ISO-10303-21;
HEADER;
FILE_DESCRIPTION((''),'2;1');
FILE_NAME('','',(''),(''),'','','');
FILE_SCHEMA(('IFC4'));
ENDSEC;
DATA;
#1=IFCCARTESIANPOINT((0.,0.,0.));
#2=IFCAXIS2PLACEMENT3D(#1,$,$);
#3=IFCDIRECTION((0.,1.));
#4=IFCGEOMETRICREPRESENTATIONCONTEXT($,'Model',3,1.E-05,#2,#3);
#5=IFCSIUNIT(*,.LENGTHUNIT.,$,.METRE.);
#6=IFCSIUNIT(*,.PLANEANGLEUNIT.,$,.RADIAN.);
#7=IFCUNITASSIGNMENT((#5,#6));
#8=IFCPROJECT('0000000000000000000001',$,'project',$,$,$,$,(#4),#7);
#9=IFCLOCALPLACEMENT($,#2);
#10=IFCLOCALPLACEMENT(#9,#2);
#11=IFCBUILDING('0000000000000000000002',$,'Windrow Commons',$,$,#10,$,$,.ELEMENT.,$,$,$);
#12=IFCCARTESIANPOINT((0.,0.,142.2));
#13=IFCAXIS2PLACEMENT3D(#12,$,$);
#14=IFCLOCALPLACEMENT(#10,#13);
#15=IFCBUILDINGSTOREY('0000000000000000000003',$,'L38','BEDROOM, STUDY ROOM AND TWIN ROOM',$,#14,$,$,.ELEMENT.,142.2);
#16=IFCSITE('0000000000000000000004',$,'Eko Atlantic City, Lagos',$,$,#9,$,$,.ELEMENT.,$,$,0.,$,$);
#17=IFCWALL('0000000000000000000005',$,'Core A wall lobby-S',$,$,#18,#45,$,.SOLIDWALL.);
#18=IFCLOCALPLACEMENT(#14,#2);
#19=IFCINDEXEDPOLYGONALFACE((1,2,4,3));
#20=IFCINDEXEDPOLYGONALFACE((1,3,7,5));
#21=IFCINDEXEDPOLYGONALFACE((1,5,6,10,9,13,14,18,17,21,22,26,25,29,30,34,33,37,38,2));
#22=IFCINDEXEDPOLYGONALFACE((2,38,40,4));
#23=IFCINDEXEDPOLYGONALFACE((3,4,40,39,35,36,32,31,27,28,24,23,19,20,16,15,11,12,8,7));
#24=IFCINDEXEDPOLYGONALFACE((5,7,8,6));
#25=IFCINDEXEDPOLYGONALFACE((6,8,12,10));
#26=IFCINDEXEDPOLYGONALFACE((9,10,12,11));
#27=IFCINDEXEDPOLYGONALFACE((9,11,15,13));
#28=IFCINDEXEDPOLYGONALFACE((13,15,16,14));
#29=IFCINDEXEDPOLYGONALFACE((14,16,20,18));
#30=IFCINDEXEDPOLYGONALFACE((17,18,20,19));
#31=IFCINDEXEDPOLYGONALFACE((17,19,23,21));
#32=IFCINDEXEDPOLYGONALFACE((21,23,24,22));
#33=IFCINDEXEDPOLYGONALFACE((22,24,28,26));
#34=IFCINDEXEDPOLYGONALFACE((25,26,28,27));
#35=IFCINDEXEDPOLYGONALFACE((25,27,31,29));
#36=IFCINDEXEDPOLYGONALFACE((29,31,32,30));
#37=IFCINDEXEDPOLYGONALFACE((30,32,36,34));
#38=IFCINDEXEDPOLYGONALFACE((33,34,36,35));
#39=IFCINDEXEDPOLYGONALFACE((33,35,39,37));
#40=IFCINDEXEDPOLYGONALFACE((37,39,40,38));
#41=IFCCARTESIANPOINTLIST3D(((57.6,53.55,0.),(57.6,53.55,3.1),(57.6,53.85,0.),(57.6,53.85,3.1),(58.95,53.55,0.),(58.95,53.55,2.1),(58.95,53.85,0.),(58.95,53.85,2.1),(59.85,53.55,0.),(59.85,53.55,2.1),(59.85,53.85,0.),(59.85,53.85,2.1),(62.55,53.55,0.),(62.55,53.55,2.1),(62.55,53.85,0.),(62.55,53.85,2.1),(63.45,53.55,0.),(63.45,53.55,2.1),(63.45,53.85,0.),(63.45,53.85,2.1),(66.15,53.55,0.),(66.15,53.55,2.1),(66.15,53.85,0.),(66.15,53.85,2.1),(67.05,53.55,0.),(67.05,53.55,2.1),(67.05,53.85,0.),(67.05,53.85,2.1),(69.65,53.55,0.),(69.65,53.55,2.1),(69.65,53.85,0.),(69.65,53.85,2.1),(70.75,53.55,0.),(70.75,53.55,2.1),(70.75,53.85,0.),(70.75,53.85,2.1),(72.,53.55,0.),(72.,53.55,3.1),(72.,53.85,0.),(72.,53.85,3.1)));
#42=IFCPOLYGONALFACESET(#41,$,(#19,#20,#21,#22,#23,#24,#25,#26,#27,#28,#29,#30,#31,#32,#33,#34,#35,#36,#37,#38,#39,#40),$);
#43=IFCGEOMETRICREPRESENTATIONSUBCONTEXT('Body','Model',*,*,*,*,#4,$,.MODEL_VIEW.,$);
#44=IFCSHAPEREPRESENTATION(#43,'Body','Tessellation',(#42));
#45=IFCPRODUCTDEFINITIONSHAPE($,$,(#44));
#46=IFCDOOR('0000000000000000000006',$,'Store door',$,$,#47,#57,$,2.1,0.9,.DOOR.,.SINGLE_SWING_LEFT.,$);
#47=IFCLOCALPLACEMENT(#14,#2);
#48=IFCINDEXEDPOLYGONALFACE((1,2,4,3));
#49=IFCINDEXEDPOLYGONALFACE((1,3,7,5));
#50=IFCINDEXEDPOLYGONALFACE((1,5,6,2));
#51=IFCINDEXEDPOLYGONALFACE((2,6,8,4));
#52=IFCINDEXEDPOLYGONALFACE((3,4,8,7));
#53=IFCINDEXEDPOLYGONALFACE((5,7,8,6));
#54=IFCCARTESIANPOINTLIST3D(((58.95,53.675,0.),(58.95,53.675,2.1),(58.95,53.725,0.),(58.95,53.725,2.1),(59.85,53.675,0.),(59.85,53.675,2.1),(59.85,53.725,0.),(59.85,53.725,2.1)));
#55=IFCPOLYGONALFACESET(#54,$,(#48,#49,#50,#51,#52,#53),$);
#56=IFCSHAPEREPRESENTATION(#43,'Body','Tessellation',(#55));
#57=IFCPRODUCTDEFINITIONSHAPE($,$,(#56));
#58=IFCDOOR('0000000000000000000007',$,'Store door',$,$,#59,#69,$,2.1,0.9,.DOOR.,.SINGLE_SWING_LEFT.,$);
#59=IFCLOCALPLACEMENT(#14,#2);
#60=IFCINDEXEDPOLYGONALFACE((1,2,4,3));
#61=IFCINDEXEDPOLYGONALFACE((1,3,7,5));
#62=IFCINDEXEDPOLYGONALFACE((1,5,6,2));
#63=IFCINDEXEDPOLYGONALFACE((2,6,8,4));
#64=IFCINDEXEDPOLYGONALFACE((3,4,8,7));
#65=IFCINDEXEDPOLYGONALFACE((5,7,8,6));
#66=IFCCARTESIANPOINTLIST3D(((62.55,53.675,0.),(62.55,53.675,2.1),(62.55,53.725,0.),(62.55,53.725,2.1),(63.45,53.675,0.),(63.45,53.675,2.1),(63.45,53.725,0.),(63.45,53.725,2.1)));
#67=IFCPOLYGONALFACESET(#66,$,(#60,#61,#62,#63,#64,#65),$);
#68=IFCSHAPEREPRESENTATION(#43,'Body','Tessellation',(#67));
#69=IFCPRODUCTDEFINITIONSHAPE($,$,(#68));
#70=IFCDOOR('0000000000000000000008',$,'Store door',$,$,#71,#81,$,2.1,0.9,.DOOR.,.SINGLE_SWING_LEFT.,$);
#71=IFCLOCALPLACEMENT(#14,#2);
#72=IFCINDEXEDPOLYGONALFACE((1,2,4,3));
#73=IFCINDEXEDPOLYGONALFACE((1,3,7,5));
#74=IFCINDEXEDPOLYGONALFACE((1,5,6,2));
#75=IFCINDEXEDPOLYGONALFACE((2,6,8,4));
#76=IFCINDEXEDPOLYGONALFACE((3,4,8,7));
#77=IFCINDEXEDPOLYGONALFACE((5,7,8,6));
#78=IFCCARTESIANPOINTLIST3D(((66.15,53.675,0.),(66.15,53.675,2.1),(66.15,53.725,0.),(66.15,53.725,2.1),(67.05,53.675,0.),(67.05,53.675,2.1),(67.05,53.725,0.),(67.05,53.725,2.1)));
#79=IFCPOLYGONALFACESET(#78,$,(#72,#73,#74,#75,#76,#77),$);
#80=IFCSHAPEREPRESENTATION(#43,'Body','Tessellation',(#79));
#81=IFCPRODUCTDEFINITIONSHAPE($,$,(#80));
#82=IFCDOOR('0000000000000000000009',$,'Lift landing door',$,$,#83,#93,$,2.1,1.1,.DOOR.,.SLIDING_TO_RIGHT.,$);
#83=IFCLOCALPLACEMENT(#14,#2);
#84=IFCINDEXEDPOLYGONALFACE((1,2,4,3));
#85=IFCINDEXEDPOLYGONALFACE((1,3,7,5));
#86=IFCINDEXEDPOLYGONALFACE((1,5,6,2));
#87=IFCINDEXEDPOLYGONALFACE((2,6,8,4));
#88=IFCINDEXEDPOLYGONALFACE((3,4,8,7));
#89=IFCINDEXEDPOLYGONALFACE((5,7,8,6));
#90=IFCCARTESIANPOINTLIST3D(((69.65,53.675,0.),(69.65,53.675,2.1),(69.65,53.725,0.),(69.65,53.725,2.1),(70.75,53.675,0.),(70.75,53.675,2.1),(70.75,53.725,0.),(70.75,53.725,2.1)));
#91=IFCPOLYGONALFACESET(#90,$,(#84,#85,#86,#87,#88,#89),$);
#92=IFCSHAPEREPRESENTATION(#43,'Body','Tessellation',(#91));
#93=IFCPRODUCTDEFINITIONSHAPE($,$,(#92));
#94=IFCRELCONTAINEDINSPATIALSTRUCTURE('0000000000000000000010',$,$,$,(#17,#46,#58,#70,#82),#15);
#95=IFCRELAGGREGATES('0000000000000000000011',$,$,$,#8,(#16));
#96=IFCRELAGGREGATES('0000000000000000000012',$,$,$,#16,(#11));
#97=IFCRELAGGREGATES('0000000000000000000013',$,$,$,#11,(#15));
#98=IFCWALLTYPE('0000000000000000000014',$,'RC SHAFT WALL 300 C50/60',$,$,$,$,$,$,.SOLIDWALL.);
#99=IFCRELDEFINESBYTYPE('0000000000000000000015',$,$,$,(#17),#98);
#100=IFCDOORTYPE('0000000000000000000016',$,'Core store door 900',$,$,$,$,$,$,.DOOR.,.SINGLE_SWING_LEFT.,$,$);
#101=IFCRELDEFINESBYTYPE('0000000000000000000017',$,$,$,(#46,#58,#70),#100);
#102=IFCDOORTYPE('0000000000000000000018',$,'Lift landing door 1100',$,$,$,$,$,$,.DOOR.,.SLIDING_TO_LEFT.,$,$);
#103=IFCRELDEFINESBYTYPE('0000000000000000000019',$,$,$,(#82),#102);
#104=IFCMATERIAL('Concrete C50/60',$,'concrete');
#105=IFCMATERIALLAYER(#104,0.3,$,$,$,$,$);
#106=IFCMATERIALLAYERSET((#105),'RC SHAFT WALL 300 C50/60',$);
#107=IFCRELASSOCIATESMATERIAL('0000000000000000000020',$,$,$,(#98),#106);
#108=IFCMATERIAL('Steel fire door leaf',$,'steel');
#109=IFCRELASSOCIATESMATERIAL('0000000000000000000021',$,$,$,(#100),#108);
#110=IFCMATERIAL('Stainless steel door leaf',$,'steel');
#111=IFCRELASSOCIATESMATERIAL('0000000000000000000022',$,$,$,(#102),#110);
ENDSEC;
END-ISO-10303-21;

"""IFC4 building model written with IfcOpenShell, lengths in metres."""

from ifc_helpers import new_model, si_unit, direction, frame, frame_2d, origin, place, context, subcontext, project, spatial, rectangle, extrude, material, layer, layer_set, type_object, element, fill, save


model = new_model("IFC4")

# Units and contexts
model_context = context("Model", 3, precision=1e-05, world=origin(), true_north=direction((0.0, 1.0)))
body_context = subcontext(model_context, "Body", "Model", "MODEL_VIEW")
ifc_project = project(units=[si_unit("LENGTHUNIT", "METRE"), si_unit("PLANEANGLEUNIT", "RADIAN")], contexts=[model_context])

# Site, building, storey
site_placement = place(None, origin())
site = spatial("IfcSite", under=ifc_project, at=site_placement, Name="Eko Atlantic City, Lagos", CompositionType="ELEMENT", RefElevation=0.0)
building_placement = place(site_placement, origin())
building = spatial("IfcBuilding", under=site, at=building_placement, Name="Windrow Commons", CompositionType="ELEMENT")
storey_placement = place(building_placement, frame((0.0, 0.0, 142.2)))
storey = spatial("IfcBuildingStorey", under=building, at=storey_placement, Name="L38", Description="BEDROOM, STUDY ROOM AND TWIN ROOM", CompositionType="ELEMENT", Elevation=142.2)

# Shared definitions
ifc_material_1 = material(Name="Concrete C50/60", Category="concrete")
ifc_layer_1 = layer(ifc_material_1, 0.3)
ifc_layer_set_1 = layer_set([ifc_layer_1], Name="RC SHAFT WALL 300 C50/60")
wall_type_1 = type_object("IfcWallType", Name="RC SHAFT WALL 300 C50/60", PredefinedType="SOLIDWALL", material=ifc_layer_set_1)

# Wall, openings, doors
wall_1_placement = place(storey_placement, frame((57.6, 53.7, 0.0), z_axis=(0.0, 0.0, 1.0), x_axis=(1.0, 0.0, 0.0)))
wall_1 = element("IfcWall", 1, at=wall_1_placement, inside=storey, type_object=wall_type_1, Name="Core A wall lobby-S", PredefinedType="SOLIDWALL", context=body_context, shape_type="SweptSolid", body=[
    extrude(rectangle(XDim=14.4, YDim=0.3, at=frame_2d((7.2, 0.0))), origin(), (0.0, 0.0, 1.0), 3.1),
])
opening_1_placement = place(wall_1_placement, frame((1.35, 0.0, 0.0)))
opening_1 = element("IfcOpeningElement", 2, at=opening_1_placement, cuts=wall_1, PredefinedType="OPENING", context=body_context, shape_type="SweptSolid", body=[
    extrude(rectangle(XDim=0.9, YDim=2.1, at=frame_2d((0.45, 1.05))), frame((0.0, 0.16, 0.0), z_axis=(0.0, -1.0, 0.0), x_axis=(1.0, 0.0, 0.0)), (0.0, 0.0, 1.0), 0.32),
])
opening_2_placement = place(wall_1_placement, frame((4.95, 0.0, 0.0)))
opening_2 = element("IfcOpeningElement", 3, at=opening_2_placement, cuts=wall_1, PredefinedType="OPENING", context=body_context, shape_type="SweptSolid", body=[
    extrude(rectangle(XDim=0.9, YDim=2.1, at=frame_2d((0.45, 1.05))), frame((0.0, 0.16, 0.0), z_axis=(0.0, -1.0, 0.0), x_axis=(1.0, 0.0, 0.0)), (0.0, 0.0, 1.0), 0.32),
])
opening_3_placement = place(wall_1_placement, frame((8.55, 0.0, 0.0)))
opening_3 = element("IfcOpeningElement", 4, at=opening_3_placement, cuts=wall_1, PredefinedType="OPENING", context=body_context, shape_type="SweptSolid", body=[
    extrude(rectangle(XDim=0.9, YDim=2.1, at=frame_2d((0.45, 1.05))), frame((0.0, 0.16, 0.0), z_axis=(0.0, -1.0, 0.0), x_axis=(1.0, 0.0, 0.0)), (0.0, 0.0, 1.0), 0.32),
])
opening_4_placement = place(wall_1_placement, frame((12.05, 0.0, 0.0)))
opening_4 = element("IfcOpeningElement", 5, at=opening_4_placement, cuts=wall_1, PredefinedType="OPENING", context=body_context, shape_type="SweptSolid", body=[
    extrude(rectangle(XDim=1.1, YDim=2.1, at=frame_2d((0.55, 1.05))), frame((0.0, 0.16, 0.0), z_axis=(0.0, -1.0, 0.0), x_axis=(1.0, 0.0, 0.0)), (0.0, 0.0, 1.0), 0.32),
])
ifc_material_2 = material(Name="Steel fire door leaf", Category="steel")
door_type_1 = type_object("IfcDoorType", Name="Core store door 900", OperationType="SINGLE_SWING_LEFT", PredefinedType="DOOR", material=ifc_material_2)
door_1_placement = place(opening_1_placement, origin())
door_1 = element("IfcDoor", 6, at=door_1_placement, inside=storey, type_object=door_type_1, Name="Store door", OperationType="SINGLE_SWING_LEFT", OverallHeight=2.1, OverallWidth=0.9, PredefinedType="DOOR", context=body_context, shape_type="SweptSolid", body=[
    extrude(rectangle(XDim=0.9, YDim=2.1, at=frame_2d((0.45, 1.05))), frame((0.0, 0.025, 0.0), z_axis=(0.0, -1.0, 0.0), x_axis=(1.0, 0.0, 0.0)), (0.0, 0.0, 1.0), 0.05),
])
fill(opening_1, door_1)
door_2_placement = place(opening_2_placement, origin())
door_2 = element("IfcDoor", 7, at=door_2_placement, inside=storey, type_object=door_type_1, Name="Store door", OperationType="SINGLE_SWING_LEFT", OverallHeight=2.1, OverallWidth=0.9, PredefinedType="DOOR", context=body_context, shape_type="SweptSolid", body=[
    extrude(rectangle(XDim=0.9, YDim=2.1, at=frame_2d((0.45, 1.05))), frame((0.0, 0.025, 0.0), z_axis=(0.0, -1.0, 0.0), x_axis=(1.0, 0.0, 0.0)), (0.0, 0.0, 1.0), 0.05),
])
fill(opening_2, door_2)
door_3_placement = place(opening_3_placement, origin())
door_3 = element("IfcDoor", 8, at=door_3_placement, inside=storey, type_object=door_type_1, Name="Store door", OperationType="SINGLE_SWING_LEFT", OverallHeight=2.1, OverallWidth=0.9, PredefinedType="DOOR", context=body_context, shape_type="SweptSolid", body=[
    extrude(rectangle(XDim=0.9, YDim=2.1, at=frame_2d((0.45, 1.05))), frame((0.0, 0.025, 0.0), z_axis=(0.0, -1.0, 0.0), x_axis=(1.0, 0.0, 0.0)), (0.0, 0.0, 1.0), 0.05),
])
fill(opening_3, door_3)
ifc_material_3 = material(Name="Stainless steel door leaf", Category="steel")
door_type_2 = type_object("IfcDoorType", Name="Lift landing door 1100", OperationType="SLIDING_TO_LEFT", PredefinedType="DOOR", material=ifc_material_3)
door_4_placement = place(opening_4_placement, origin())
door_4 = element("IfcDoor", 9, at=door_4_placement, inside=storey, type_object=door_type_2, Name="Lift landing door", OperationType="SLIDING_TO_RIGHT", OverallHeight=2.1, OverallWidth=1.1, PredefinedType="DOOR", context=body_context, shape_type="SweptSolid", body=[
    extrude(rectangle(XDim=1.1, YDim=2.1, at=frame_2d((0.55, 1.05))), frame((0.0, 0.025, 0.0), z_axis=(0.0, -1.0, 0.0), x_axis=(1.0, 0.0, 0.0)), (0.0, 0.0, 1.0), 0.05),
])
fill(opening_4, door_4)

save(model, "model.ifc")
